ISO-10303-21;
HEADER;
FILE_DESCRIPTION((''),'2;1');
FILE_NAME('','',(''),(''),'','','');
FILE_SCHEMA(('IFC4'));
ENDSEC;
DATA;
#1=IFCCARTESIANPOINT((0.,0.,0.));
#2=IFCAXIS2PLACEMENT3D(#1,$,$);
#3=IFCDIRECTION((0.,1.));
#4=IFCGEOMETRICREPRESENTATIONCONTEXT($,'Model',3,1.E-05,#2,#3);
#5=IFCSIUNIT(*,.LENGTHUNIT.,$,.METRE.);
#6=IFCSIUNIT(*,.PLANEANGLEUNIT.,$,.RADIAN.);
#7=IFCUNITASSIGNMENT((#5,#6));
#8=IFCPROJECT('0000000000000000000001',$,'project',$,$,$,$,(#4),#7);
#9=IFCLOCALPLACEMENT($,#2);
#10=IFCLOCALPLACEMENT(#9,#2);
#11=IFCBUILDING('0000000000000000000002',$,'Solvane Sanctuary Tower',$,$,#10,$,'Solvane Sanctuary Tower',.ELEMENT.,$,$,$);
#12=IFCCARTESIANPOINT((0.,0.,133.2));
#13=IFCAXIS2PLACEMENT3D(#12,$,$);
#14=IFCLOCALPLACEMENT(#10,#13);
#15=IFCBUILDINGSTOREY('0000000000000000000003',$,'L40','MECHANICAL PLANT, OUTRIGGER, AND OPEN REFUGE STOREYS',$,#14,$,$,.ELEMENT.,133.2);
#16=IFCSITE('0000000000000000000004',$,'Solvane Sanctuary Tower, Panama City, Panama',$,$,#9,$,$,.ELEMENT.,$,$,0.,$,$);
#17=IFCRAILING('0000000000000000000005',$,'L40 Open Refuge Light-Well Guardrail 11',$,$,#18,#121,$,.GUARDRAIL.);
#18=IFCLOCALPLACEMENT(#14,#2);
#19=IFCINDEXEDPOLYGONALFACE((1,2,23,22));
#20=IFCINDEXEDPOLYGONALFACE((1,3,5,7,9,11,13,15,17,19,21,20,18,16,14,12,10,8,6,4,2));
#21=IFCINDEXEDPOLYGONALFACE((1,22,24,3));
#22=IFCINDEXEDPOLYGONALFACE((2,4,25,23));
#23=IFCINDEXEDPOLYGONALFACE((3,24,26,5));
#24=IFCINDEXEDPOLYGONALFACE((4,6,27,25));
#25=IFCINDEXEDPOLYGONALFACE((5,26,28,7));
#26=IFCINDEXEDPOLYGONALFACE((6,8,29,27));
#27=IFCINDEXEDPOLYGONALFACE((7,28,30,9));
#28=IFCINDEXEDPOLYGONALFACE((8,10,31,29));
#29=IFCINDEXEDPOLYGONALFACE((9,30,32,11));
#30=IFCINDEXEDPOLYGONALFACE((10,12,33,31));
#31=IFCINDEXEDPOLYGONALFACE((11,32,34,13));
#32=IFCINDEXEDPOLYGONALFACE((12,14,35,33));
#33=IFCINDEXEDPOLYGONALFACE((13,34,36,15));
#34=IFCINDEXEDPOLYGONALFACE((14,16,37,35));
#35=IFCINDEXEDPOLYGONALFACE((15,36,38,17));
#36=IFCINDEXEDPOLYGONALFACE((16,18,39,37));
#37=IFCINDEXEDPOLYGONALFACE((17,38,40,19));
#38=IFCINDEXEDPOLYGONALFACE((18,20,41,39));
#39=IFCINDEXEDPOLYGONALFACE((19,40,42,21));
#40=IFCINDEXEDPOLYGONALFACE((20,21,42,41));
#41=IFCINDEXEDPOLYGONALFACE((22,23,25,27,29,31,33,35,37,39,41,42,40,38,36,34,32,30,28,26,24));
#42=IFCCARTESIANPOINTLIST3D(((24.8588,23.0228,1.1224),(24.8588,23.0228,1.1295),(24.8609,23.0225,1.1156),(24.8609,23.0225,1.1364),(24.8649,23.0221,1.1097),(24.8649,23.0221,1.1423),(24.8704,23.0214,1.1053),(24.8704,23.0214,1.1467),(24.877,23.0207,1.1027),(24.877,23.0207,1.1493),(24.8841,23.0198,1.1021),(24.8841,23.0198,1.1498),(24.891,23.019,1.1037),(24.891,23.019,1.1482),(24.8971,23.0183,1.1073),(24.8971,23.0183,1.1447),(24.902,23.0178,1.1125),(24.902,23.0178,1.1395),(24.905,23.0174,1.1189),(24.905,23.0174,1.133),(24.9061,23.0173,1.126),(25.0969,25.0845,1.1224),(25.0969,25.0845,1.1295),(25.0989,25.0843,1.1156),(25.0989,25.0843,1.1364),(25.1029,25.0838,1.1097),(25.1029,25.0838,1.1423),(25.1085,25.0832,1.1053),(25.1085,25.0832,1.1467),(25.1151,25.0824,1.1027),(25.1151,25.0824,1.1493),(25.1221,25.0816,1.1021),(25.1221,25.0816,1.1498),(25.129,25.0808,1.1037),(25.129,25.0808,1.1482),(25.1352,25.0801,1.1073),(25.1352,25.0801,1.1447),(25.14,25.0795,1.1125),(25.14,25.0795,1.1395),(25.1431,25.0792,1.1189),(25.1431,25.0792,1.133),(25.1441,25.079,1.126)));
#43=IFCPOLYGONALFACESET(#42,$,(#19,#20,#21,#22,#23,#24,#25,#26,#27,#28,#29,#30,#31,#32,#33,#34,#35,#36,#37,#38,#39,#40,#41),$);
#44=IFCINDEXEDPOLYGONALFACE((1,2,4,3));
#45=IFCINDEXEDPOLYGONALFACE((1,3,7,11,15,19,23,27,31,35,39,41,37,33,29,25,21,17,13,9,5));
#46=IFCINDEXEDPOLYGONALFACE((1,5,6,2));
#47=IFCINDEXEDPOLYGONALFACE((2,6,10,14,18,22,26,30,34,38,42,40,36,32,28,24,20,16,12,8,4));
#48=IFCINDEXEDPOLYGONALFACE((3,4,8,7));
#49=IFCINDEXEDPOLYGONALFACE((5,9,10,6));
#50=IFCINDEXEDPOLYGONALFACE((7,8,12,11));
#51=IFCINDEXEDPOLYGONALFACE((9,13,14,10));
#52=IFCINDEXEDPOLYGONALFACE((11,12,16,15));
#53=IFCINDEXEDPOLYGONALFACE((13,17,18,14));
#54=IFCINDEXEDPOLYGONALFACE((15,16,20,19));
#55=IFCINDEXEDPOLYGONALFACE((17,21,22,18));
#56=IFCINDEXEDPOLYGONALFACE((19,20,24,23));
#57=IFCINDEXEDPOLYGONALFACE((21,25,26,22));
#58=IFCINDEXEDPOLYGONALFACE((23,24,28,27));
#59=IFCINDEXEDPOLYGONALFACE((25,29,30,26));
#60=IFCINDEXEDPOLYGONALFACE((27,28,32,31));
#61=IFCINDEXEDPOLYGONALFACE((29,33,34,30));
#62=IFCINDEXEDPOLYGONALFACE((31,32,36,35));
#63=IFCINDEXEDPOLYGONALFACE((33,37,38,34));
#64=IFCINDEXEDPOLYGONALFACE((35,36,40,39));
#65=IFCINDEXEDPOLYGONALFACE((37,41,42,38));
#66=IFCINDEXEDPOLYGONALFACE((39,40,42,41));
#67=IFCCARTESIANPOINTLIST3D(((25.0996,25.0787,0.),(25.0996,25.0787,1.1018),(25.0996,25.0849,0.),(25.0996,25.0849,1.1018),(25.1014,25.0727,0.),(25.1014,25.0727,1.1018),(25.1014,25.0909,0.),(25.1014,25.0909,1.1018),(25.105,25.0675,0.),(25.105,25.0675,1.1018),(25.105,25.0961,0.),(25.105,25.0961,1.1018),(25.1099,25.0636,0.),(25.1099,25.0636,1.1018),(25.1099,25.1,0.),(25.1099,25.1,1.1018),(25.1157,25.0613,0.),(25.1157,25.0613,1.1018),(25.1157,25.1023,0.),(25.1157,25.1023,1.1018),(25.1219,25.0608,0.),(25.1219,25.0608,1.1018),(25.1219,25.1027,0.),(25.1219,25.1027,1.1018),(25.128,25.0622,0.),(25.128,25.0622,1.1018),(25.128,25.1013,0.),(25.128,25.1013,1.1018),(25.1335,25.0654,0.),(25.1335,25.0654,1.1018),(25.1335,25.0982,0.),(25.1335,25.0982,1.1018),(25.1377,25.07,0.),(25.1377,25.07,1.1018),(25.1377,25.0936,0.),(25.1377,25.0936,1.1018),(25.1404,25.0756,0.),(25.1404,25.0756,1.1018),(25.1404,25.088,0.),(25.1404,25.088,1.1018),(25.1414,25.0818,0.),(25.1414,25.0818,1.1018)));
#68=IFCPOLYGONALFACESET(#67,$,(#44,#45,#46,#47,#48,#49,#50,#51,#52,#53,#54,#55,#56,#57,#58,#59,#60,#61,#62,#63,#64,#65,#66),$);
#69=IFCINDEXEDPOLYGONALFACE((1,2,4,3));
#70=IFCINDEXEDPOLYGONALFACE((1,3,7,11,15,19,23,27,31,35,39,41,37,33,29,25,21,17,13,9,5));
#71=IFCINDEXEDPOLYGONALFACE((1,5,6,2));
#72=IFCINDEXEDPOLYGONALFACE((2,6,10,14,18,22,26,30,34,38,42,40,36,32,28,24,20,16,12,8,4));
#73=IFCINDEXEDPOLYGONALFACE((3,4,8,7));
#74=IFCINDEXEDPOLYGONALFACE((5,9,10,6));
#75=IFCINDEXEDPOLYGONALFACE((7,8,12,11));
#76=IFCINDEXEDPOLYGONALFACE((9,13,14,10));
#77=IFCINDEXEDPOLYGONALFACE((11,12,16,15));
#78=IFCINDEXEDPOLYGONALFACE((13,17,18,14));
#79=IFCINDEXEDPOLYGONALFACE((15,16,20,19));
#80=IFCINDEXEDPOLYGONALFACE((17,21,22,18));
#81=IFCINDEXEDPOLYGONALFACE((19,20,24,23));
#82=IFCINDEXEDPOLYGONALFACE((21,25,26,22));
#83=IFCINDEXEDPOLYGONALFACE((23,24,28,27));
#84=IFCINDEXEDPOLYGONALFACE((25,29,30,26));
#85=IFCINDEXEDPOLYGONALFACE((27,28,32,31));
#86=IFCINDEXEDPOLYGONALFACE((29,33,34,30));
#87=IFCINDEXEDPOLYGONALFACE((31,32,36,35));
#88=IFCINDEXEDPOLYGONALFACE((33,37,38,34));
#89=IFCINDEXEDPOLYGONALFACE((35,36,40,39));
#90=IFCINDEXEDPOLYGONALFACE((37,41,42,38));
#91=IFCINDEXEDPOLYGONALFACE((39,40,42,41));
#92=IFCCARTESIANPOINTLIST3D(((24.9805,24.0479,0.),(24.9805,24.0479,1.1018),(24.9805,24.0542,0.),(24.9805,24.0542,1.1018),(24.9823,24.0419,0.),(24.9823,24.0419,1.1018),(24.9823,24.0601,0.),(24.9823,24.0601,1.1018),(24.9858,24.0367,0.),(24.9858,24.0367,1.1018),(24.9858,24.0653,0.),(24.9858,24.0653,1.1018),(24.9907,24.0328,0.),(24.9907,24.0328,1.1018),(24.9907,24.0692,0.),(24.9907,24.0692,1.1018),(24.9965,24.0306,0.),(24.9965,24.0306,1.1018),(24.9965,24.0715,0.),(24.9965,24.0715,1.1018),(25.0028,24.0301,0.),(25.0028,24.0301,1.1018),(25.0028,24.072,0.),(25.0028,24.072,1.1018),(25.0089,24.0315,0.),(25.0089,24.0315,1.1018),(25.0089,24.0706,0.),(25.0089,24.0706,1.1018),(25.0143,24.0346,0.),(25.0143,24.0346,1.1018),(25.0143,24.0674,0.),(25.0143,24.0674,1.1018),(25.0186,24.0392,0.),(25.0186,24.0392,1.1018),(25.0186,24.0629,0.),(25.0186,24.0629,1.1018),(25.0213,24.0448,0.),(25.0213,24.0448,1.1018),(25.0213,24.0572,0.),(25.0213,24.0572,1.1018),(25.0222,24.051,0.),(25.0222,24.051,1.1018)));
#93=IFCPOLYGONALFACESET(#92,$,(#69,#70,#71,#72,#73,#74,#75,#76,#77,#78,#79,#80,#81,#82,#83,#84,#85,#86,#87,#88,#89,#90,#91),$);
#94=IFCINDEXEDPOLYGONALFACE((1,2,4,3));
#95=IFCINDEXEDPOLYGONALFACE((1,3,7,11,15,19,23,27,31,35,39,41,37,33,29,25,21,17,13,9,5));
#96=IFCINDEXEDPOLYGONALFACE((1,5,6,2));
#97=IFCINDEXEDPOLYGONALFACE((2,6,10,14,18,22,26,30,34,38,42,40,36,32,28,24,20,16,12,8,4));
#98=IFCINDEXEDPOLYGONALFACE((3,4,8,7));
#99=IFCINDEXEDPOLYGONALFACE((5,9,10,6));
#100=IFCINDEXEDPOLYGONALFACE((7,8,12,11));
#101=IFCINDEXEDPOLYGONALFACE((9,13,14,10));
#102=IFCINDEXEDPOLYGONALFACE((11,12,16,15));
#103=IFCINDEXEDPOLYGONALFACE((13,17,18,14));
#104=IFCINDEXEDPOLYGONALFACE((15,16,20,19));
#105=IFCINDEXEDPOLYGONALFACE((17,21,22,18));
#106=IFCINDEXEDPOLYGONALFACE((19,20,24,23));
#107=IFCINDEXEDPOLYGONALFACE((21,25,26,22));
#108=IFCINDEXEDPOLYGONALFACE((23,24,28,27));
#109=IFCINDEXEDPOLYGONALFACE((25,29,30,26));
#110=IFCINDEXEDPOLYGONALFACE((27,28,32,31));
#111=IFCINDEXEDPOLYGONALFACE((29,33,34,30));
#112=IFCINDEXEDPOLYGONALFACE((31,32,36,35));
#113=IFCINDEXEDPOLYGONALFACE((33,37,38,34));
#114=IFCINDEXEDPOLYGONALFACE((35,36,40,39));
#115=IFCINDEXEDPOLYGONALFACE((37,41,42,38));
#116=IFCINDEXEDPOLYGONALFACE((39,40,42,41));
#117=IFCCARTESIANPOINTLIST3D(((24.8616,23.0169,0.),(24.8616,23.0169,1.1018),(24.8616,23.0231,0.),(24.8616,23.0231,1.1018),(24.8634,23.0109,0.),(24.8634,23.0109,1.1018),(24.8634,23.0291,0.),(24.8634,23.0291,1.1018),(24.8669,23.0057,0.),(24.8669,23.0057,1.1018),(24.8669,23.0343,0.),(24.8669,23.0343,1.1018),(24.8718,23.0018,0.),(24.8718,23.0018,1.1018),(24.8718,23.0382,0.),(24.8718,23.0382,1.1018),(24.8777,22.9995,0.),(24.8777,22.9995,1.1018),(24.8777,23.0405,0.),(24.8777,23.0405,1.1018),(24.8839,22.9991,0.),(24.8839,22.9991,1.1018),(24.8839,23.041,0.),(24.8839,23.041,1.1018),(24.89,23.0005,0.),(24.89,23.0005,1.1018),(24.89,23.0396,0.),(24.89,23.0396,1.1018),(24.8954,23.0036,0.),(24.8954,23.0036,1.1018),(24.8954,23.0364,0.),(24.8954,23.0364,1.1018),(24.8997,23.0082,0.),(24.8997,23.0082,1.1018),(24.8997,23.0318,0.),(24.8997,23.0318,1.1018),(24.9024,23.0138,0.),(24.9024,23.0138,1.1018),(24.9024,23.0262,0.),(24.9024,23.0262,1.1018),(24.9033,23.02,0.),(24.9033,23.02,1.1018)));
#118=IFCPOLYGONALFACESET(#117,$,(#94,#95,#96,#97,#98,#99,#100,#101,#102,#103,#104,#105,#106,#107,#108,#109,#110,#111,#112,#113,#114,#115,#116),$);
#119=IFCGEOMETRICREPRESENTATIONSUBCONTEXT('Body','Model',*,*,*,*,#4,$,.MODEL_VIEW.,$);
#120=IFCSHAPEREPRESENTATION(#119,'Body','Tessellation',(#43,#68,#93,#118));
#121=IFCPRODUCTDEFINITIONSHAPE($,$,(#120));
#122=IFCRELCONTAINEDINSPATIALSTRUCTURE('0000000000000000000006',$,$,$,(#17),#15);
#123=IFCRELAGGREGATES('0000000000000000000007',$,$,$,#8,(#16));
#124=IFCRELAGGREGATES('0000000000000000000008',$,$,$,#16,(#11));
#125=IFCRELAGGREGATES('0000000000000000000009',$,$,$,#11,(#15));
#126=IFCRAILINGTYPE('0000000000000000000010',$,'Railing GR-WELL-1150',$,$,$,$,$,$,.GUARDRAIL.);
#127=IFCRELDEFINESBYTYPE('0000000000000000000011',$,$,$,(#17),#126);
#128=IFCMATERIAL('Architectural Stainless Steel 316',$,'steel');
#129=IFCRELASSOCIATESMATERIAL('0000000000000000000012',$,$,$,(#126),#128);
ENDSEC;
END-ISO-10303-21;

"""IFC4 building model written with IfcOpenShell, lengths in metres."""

from ifc_helpers import new_model, si_unit, direction, frame, origin, origin_2d, place, context, subcontext, project, spatial, circle, extrude, material, type_object, element, save


model = new_model("IFC4")

# Units and contexts
model_context = context("Model", 3, precision=1e-05, world=origin(), true_north=direction((0.0, 1.0)))
body_context = subcontext(model_context, "Body", "Model", "MODEL_VIEW")
ifc_project = project(units=[si_unit("LENGTHUNIT", "METRE"), si_unit("PLANEANGLEUNIT", "RADIAN")], contexts=[model_context])

# Site, building, storey
site_placement = place(None, origin())
site = spatial("IfcSite", under=ifc_project, at=site_placement, Name="Solvane Sanctuary Tower, Panama City, Panama", CompositionType="ELEMENT", RefElevation=0.0)
building_placement = place(site_placement, origin())
building = spatial("IfcBuilding", under=site, at=building_placement, Name="Solvane Sanctuary Tower", LongName="Solvane Sanctuary Tower", CompositionType="ELEMENT")
storey_placement = place(building_placement, frame((0.0, 0.0, 133.2)))
storey = spatial("IfcBuildingStorey", under=building, at=storey_placement, Name="L40", Description="MECHANICAL PLANT, OUTRIGGER, AND OPEN REFUGE STOREYS", CompositionType="ELEMENT", Elevation=133.2)

# Shared definitions
ifc_material_1 = material(Name="Architectural Stainless Steel 316", Category="steel")

# Railing
railing_type_1 = type_object("IfcRailingType", Name="Railing GR-WELL-1150", PredefinedType="GUARDRAIL", material=ifc_material_1)
railing_1_placement = place(storey_placement, frame((25.1204, 25.0818, 0.0)))
element("IfcRailing", 1, at=railing_1_placement, inside=storey, type_object=railing_type_1, Name="L40 Open Refuge Light-Well Guardrail 11", PredefinedType="GUARDRAIL", context=body_context, shape_type="SweptSolid", body=[
    extrude(circle(Radius=0.0239, at=origin_2d()), frame((0.0, 0.0, 1.126), z_axis=(-0.114691, -0.993401, 0.0), x_axis=(0.993401, -0.114691, 0.0)), (0.0, 0.0, 1.0), 2.0754),
    extrude(circle(Radius=0.021, at=origin_2d()), origin(), (0.0, 0.0, 1.0), 1.1018),
    extrude(circle(Radius=0.021, at=origin_2d()), frame((-0.1191, -1.0308, 0.0)), (0.0, 0.0, 1.0), 1.1018),
    extrude(circle(Radius=0.021, at=origin_2d()), frame((-0.238, -2.0618, 0.0)), (0.0, 0.0, 1.0), 1.1018),
])

save(model, "model.ifc")
